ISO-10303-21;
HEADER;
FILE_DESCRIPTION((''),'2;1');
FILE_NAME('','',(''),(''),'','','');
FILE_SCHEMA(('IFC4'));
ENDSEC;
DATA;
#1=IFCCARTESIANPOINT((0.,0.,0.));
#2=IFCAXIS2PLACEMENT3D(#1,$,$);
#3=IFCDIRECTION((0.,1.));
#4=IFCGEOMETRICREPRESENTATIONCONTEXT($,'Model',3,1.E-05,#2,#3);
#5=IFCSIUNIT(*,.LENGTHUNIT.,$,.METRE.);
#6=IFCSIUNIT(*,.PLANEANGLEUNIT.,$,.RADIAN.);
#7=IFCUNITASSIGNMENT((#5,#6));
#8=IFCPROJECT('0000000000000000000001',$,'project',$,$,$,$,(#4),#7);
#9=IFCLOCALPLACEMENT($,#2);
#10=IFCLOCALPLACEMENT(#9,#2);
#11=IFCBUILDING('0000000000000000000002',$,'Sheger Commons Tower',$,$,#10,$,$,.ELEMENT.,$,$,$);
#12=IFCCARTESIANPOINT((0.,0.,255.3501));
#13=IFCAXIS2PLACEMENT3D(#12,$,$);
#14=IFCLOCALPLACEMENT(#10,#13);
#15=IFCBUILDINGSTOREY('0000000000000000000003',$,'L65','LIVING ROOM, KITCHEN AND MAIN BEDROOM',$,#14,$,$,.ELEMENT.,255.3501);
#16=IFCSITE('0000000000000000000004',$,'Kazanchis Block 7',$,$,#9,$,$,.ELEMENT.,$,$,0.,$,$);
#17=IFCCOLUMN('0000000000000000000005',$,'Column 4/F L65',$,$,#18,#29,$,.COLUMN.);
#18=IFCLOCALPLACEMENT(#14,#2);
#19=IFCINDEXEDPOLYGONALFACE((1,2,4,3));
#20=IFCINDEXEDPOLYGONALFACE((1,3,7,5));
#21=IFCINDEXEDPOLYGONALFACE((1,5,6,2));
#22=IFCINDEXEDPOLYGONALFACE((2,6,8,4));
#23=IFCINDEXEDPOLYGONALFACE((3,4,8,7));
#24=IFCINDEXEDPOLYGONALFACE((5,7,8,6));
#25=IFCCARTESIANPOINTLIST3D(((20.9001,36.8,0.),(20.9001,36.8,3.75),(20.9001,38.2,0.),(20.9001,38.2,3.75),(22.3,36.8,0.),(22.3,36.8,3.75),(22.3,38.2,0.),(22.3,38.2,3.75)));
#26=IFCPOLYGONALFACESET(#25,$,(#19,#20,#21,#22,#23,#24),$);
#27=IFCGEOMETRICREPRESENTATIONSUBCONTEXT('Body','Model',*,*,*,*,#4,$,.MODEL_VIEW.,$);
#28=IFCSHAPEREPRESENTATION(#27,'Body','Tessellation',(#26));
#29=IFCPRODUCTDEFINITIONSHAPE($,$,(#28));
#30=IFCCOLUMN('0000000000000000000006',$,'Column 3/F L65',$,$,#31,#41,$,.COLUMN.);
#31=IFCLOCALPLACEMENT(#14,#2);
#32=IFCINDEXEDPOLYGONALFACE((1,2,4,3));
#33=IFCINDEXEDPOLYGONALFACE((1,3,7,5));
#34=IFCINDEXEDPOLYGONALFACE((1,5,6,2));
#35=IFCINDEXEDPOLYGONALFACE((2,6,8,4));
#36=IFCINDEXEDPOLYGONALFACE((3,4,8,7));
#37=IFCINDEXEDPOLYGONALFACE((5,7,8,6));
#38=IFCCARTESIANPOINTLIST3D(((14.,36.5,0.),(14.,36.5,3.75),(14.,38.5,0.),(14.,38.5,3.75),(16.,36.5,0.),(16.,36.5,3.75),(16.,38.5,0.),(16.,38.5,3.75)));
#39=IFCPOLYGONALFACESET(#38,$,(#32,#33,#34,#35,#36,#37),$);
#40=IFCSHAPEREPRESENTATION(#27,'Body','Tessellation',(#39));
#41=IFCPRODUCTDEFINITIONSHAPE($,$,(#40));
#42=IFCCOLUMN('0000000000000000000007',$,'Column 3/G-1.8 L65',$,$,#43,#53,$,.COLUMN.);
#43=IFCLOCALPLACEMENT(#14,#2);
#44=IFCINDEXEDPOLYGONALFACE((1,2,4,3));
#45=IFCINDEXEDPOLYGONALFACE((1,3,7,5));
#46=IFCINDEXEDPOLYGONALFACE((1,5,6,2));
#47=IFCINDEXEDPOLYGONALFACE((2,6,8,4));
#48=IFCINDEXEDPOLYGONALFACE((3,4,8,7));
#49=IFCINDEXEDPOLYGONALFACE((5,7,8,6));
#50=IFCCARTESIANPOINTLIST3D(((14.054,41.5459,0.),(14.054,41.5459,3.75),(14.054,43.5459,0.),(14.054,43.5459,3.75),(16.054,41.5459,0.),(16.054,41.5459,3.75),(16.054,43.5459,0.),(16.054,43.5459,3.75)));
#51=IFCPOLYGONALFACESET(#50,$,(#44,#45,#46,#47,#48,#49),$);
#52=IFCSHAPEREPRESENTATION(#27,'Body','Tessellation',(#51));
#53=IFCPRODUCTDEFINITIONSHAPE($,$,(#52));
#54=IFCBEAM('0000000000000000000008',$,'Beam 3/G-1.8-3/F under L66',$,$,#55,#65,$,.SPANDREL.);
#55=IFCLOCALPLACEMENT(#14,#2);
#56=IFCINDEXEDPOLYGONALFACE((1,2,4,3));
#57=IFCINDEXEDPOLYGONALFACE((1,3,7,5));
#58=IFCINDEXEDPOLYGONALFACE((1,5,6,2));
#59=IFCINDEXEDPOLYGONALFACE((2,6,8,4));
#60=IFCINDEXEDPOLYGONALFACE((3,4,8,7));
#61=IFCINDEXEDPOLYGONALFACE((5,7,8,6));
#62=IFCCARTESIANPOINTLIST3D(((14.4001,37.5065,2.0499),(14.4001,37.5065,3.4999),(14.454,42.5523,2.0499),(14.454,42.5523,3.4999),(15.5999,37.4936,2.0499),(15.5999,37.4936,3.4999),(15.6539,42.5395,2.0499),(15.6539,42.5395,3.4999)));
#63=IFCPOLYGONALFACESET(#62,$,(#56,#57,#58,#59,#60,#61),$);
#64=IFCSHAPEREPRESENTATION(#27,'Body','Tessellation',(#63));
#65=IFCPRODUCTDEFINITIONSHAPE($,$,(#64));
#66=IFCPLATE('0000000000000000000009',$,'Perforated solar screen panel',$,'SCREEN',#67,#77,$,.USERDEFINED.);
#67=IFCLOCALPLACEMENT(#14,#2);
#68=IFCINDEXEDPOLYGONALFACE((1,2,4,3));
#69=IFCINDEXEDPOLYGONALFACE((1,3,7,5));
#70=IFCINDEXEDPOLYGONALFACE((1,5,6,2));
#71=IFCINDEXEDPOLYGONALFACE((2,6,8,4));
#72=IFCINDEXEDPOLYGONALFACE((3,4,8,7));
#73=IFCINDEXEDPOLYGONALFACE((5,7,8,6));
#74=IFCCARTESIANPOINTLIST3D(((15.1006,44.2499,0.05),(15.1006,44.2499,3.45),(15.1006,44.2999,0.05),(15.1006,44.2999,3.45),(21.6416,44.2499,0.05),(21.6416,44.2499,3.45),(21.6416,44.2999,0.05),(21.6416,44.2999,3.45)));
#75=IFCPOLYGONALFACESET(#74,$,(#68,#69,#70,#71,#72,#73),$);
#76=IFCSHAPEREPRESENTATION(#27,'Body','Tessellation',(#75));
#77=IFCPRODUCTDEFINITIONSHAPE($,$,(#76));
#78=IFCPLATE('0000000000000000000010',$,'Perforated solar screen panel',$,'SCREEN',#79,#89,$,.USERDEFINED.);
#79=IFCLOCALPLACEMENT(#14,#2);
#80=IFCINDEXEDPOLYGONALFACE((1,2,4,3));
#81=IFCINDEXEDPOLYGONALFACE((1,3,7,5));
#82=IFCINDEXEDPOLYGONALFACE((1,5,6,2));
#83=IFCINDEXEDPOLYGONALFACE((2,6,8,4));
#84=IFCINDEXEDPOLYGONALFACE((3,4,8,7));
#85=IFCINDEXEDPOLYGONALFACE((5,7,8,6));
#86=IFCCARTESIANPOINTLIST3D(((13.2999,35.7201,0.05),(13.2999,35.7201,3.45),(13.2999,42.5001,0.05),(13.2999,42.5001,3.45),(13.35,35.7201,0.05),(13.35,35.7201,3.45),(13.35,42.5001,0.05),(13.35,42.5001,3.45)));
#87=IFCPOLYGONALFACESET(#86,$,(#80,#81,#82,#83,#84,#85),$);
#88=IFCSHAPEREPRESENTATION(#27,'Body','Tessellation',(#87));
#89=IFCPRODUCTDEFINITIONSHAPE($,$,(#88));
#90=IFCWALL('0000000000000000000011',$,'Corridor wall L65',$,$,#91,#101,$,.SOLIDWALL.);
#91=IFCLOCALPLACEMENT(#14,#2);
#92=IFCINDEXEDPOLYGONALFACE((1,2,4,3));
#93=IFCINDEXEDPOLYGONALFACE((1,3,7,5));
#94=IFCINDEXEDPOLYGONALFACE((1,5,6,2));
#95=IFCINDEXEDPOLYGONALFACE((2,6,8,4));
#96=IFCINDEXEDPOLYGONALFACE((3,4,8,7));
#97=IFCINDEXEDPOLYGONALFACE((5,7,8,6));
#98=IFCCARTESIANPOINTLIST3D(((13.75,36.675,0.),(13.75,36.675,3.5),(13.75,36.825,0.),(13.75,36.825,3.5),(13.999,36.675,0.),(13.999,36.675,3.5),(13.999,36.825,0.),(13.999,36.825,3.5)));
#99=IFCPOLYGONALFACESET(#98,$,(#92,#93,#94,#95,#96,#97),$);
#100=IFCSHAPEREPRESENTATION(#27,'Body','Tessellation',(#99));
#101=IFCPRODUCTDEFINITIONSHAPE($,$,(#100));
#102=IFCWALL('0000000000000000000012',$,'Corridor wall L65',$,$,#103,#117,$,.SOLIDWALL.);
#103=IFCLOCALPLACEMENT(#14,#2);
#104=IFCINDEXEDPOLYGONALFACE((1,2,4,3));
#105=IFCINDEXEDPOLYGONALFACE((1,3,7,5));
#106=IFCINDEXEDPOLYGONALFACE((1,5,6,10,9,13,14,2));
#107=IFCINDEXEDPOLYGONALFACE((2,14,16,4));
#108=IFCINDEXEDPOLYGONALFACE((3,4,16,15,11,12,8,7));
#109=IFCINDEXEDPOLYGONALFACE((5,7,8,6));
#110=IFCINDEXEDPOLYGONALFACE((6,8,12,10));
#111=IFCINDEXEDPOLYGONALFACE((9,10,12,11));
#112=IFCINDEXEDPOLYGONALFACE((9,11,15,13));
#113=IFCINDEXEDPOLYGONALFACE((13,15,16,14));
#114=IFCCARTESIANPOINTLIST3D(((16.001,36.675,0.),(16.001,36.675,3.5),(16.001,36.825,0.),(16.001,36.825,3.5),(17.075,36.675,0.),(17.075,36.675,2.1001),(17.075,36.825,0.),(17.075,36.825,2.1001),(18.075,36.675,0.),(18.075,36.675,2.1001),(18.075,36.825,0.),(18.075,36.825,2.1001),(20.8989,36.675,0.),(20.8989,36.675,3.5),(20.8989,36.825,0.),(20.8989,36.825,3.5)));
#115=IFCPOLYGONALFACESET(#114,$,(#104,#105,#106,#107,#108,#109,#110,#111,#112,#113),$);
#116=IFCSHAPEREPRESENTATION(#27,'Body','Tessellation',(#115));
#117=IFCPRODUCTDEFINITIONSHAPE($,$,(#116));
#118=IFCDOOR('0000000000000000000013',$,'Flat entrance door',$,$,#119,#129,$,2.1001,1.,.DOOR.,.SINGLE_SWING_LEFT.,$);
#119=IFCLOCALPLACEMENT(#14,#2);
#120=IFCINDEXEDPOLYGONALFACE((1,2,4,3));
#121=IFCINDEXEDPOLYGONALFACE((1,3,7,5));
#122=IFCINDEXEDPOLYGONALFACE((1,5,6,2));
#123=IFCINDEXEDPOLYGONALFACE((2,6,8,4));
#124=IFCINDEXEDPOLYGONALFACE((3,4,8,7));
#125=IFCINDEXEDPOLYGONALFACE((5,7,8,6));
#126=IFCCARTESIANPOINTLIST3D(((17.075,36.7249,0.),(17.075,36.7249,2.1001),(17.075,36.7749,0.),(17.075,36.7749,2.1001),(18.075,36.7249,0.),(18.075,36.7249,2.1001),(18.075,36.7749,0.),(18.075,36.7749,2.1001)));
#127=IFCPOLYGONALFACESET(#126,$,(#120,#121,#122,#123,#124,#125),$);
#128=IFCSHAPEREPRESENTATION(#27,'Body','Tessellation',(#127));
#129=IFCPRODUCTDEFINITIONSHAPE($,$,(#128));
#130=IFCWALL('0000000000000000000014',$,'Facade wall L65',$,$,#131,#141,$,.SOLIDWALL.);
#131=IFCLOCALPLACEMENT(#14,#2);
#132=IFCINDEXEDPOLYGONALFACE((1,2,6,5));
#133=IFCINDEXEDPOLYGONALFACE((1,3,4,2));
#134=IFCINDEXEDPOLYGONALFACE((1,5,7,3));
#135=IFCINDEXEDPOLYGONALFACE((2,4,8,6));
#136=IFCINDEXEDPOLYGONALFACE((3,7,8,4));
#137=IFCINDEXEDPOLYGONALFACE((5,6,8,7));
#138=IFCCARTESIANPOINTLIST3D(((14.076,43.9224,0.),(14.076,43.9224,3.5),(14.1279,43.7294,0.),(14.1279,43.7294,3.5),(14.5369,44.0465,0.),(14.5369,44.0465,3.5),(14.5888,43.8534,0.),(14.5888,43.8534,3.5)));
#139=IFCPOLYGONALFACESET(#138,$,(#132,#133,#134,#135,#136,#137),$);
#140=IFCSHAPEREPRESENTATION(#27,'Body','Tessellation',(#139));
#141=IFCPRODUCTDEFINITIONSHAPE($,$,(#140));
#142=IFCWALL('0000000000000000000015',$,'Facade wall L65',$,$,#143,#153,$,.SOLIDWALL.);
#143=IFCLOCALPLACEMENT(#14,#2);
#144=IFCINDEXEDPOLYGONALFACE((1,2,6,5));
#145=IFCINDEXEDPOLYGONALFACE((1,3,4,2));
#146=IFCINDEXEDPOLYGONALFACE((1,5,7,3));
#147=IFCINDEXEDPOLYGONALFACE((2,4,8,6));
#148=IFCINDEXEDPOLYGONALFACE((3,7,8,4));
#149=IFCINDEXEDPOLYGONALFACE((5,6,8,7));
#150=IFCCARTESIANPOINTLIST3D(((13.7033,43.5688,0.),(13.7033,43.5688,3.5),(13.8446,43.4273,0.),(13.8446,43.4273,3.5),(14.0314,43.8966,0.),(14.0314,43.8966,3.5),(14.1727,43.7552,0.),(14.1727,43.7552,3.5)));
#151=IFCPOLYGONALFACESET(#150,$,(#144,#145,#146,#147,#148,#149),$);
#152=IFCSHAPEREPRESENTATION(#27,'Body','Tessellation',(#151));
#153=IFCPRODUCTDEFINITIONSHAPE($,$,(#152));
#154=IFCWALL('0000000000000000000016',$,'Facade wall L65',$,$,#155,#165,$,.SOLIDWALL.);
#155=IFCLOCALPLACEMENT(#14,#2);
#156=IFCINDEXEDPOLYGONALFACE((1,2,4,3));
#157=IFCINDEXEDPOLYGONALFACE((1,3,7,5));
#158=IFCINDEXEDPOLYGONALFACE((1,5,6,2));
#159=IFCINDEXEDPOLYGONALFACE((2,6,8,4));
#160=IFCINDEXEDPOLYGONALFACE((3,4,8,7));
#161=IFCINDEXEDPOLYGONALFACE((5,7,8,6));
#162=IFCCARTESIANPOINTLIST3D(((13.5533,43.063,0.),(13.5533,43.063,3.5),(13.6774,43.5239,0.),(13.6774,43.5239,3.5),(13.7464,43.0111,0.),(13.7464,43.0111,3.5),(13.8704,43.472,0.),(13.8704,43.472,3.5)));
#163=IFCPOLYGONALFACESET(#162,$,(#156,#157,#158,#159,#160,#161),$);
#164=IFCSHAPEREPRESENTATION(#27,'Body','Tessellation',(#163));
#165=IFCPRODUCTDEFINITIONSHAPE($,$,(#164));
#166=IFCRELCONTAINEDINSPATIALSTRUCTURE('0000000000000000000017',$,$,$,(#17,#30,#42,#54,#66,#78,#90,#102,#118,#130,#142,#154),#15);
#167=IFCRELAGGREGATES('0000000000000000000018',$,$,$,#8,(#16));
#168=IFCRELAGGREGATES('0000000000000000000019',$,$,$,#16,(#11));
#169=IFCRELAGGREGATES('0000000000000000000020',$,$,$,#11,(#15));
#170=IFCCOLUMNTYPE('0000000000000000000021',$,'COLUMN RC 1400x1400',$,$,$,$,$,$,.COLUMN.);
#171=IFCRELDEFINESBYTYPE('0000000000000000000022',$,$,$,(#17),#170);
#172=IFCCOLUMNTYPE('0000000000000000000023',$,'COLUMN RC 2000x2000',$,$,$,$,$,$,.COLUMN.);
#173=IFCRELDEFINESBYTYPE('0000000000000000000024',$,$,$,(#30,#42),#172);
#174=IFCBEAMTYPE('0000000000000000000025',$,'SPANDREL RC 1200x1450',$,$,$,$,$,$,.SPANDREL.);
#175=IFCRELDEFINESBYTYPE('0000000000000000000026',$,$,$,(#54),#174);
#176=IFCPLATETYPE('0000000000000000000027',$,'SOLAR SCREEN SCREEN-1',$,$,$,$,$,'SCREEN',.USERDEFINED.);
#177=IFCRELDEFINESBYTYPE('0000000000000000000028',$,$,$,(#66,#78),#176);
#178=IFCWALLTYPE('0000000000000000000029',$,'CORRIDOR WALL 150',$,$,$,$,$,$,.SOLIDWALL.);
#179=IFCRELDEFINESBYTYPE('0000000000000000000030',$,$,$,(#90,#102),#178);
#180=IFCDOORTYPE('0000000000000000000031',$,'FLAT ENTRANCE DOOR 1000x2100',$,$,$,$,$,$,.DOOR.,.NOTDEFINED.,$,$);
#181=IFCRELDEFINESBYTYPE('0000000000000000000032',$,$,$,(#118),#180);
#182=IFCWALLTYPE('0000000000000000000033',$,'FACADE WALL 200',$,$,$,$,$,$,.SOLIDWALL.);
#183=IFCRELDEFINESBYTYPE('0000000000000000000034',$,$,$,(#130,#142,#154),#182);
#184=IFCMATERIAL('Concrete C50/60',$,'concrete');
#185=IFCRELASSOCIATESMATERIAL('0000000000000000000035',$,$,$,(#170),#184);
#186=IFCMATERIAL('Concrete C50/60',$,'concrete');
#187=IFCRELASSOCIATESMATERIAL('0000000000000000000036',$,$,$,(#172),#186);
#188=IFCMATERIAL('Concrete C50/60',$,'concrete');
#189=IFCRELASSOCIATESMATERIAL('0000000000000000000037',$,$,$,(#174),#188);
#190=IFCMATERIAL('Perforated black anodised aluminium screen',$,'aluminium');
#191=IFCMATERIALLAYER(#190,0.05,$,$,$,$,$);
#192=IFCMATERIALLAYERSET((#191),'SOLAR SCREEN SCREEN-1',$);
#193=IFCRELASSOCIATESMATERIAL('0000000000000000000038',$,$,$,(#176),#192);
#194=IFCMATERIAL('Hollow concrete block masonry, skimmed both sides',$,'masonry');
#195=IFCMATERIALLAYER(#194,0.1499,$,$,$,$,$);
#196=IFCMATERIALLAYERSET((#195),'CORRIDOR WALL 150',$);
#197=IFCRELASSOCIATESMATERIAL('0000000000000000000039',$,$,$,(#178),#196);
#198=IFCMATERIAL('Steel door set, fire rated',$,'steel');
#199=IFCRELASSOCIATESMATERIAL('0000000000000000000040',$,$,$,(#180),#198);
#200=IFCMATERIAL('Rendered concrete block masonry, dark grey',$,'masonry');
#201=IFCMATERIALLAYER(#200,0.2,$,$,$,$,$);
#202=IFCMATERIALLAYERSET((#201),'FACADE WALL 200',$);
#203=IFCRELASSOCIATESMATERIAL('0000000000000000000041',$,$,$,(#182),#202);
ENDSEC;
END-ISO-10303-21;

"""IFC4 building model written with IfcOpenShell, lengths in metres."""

from ifc_helpers import new_model, si_unit, direction, frame, frame_2d, origin, origin_2d, place, context, subcontext, project, spatial, rectangle, extrude, material, layer, layer_set, material_profile, profile_set, type_object, element, fill, save


model = new_model("IFC4")

# Units and contexts
model_context = context("Model", 3, precision=1e-05, world=origin(), true_north=direction((0.0, 1.0)))
body_context = subcontext(model_context, "Body", "Model", "MODEL_VIEW")
ifc_project = project(units=[si_unit("LENGTHUNIT", "METRE"), si_unit("PLANEANGLEUNIT", "RADIAN")], contexts=[model_context])

# Site, building, storey
site_placement = place(None, origin())
site = spatial("IfcSite", under=ifc_project, at=site_placement, Name="Kazanchis Block 7", CompositionType="ELEMENT", RefElevation=0.0)
building_placement = place(site_placement, origin())
building = spatial("IfcBuilding", under=site, at=building_placement, Name="Sheger Commons Tower", CompositionType="ELEMENT")
storey_placement = place(building_placement, frame((0.0, 0.0, 255.3501)))
storey = spatial("IfcBuildingStorey", under=building, at=storey_placement, Name="L65", Description="LIVING ROOM, KITCHEN AND MAIN BEDROOM", CompositionType="ELEMENT", Elevation=255.3501)

# Columns
ifc_material_1 = material(Name="Concrete C50/60", Category="concrete")
ifc_material_profile_1 = material_profile(ifc_material_1, rectangle(XDim=1.3999, YDim=1.3999, at=origin_2d()), Name="RC 1400x1400")
ifc_profile_set_1 = profile_set([ifc_material_profile_1], Name="Concrete C50/60")
column_type_1 = type_object("IfcColumnType", Name="COLUMN RC 1400x1400", PredefinedType="COLUMN", material=ifc_profile_set_1)
column_placement = place(storey_placement, frame((21.6001, 37.5, 0.0), z_axis=(0.0, 0.0, 1.0), x_axis=(1.0, 0.0, 0.0)))
element("IfcColumn", 1, at=column_placement, inside=storey, type_object=column_type_1, Name="Column 4/F L65", PredefinedType="COLUMN", context=body_context, shape_type="SweptSolid", body=[
    extrude(rectangle(XDim=1.3999, YDim=1.3999, at=origin_2d()), origin(), (0.0, 0.0, 1.0), 3.75),
])
ifc_material_2 = material(Name="Concrete C50/60", Category="concrete")
ifc_material_profile_2 = material_profile(ifc_material_2, rectangle(XDim=2.0, YDim=2.0, at=origin_2d()), Name="RC 2000x2000")
ifc_profile_set_2 = profile_set([ifc_material_profile_2], Name="Concrete C50/60")
column_type_2 = type_object("IfcColumnType", Name="COLUMN RC 2000x2000", PredefinedType="COLUMN", material=ifc_profile_set_2)
for number, where, z_axis, x_axis, name in (
    (2, (15.0, 37.5, 0.0), (0.0, 0.0, 1.0), (1.0, 0.0, 0.0), "Column 3/F L65"),
    (3, (15.054, 42.5459, 0.0), (0.0, 0.0, 1.0), (1.0, 0.0, 0.0), "Column 3/G-1.8 L65"),
):
    element("IfcColumn", number, at=place(storey_placement, frame(where, z_axis=z_axis, x_axis=x_axis)), inside=storey, type_object=column_type_2, Name=name, PredefinedType="COLUMN", context=body_context, shape_type="SweptSolid", body=[
        extrude(rectangle(XDim=2.0, YDim=2.0, at=origin_2d()), origin(), (0.0, 0.0, 1.0), 3.75),
    ])

# Beam
ifc_material_3 = material(Name="Concrete C50/60", Category="concrete")
ifc_material_profile_3 = material_profile(ifc_material_3, rectangle(XDim=1.2, YDim=1.45, at=origin_2d()), Name="RC 1200x1450")
ifc_profile_set_3 = profile_set([ifc_material_profile_3], Name="Concrete C50/60")
beam_type = type_object("IfcBeamType", Name="SPANDREL RC 1200x1450", PredefinedType="SPANDREL", material=ifc_profile_set_3)
beam_placement = place(storey_placement, frame((15.054, 42.5459, 2.7749), z_axis=(-0.010692, -0.999943, 0.0), x_axis=(0.999943, -0.010692, 0.0)))
element("IfcBeam", 4, at=beam_placement, inside=storey, type_object=beam_type, Name="Beam 3/G-1.8-3/F under L66", PredefinedType="SPANDREL", context=body_context, shape_type="SweptSolid", body=[
    extrude(rectangle(XDim=1.2, YDim=1.45, at=origin_2d()), origin(), (0.0, 0.0, 1.0), 5.0461),
])

# Plates
ifc_material_4 = material(Name="Perforated black anodised aluminium screen", Category="aluminium")
ifc_layer_1 = layer(ifc_material_4, 0.05)
ifc_layer_set_1 = layer_set([ifc_layer_1], Name="SOLAR SCREEN SCREEN-1")
plate_type = type_object("IfcPlateType", Name="SOLAR SCREEN SCREEN-1", ElementType="SCREEN", PredefinedType="USERDEFINED", material=ifc_layer_set_1)
plate_1_placement = place(storey_placement, frame((18.3711, 44.2749, 0.05), z_axis=(0.0, 0.0, 1.0), x_axis=(-1.0, 0.0, 0.0)))
element("IfcPlate", 5, at=plate_1_placement, inside=storey, type_object=plate_type, Name="Perforated solar screen panel", ObjectType="SCREEN", PredefinedType="USERDEFINED", context=body_context, shape_type="SweptSolid", body=[
    extrude(rectangle(XDim=6.541, YDim=0.05, at=origin_2d()), origin(), (0.0, 0.0, 1.0), 3.3999),
])
plate_2_placement = place(storey_placement, frame((13.325, 39.1101, 0.05), z_axis=(0.0, 0.0, 1.0), x_axis=(0.0, -1.0, 0.0)))
element("IfcPlate", 6, at=plate_2_placement, inside=storey, type_object=plate_type, Name="Perforated solar screen panel", ObjectType="SCREEN", PredefinedType="USERDEFINED", context=body_context, shape_type="SweptSolid", body=[
    extrude(rectangle(XDim=6.78, YDim=0.05, at=origin_2d()), origin(), (0.0, 0.0, 1.0), 3.3999),
])

# Wall
ifc_material_5 = material(Name="Hollow concrete block masonry, skimmed both sides", Category="masonry")
ifc_layer_2 = layer(ifc_material_5, 0.1499)
ifc_layer_set_2 = layer_set([ifc_layer_2], Name="CORRIDOR WALL 150")
wall_type_1 = type_object("IfcWallType", Name="CORRIDOR WALL 150", PredefinedType="SOLIDWALL", material=ifc_layer_set_2)
wall_1_placement = place(storey_placement, frame((13.75, 36.75, 0.0), z_axis=(0.0, 0.0, 1.0), x_axis=(1.0, 0.0, 0.0)))
element("IfcWall", 7, at=wall_1_placement, inside=storey, type_object=wall_type_1, Name="Corridor wall L65", PredefinedType="SOLIDWALL", context=body_context, shape_type="SweptSolid", body=[
    extrude(rectangle(XDim=0.249, YDim=0.1499, at=frame_2d((0.1245, 0.0))), origin(), (0.0, 0.0, 1.0), 3.5),
])

# Wall, opening, door
wall_2_placement = place(storey_placement, frame((16.001, 36.75, 0.0), z_axis=(0.0, 0.0, 1.0), x_axis=(1.0, 0.0, 0.0)))
wall_2 = element("IfcWall", 8, at=wall_2_placement, inside=storey, type_object=wall_type_1, Name="Corridor wall L65", PredefinedType="SOLIDWALL", context=body_context, shape_type="SweptSolid", body=[
    extrude(rectangle(XDim=4.8979, YDim=0.1499, at=frame_2d((2.449, 0.0))), origin(), (0.0, 0.0, 1.0), 3.5),
])
opening_1_placement = place(wall_2_placement, frame((1.074, 0.0, 0.0)))
opening_1 = element("IfcOpeningElement", 9, at=opening_1_placement, cuts=wall_2, PredefinedType="OPENING", context=body_context, shape_type="SweptSolid", body=[
    extrude(rectangle(XDim=1.0, YDim=2.1001, at=frame_2d((0.5, 1.05))), frame((0.0, 0.085, 0.0), z_axis=(0.0, -1.0, 0.0), x_axis=(1.0, 0.0, 0.0)), (0.0, 0.0, 1.0), 0.1699),
])
ifc_material_6 = material(Name="Steel door set, fire rated", Category="steel")
door_type_1 = type_object("IfcDoorType", Name="FLAT ENTRANCE DOOR 1000x2100", OperationType="NOTDEFINED", PredefinedType="DOOR", material=ifc_material_6)
door_1_placement = place(opening_1_placement, origin())
door_1 = element("IfcDoor", 10, at=door_1_placement, inside=storey, type_object=door_type_1, Name="Flat entrance door", OperationType="SINGLE_SWING_LEFT", OverallHeight=2.1001, OverallWidth=1.0, PredefinedType="DOOR", context=body_context, shape_type="SweptSolid", body=[
    extrude(rectangle(XDim=1.0, YDim=2.1001, at=frame_2d((0.5, 1.05))), frame((0.0, 0.0249, 0.0), z_axis=(0.0, -1.0, 0.0), x_axis=(1.0, 0.0, 0.0)), (0.0, 0.0, 1.0), 0.05),
])
fill(opening_1, door_1)

# Walls
ifc_material_7 = material(Name="Rendered concrete block masonry, dark grey", Category="masonry")
ifc_layer_3 = layer(ifc_material_7, 0.2)
ifc_layer_set_3 = layer_set([ifc_layer_3], Name="FACADE WALL 200")
wall_type_2 = type_object("IfcWallType", Name="FACADE WALL 200", PredefinedType="SOLIDWALL", material=ifc_layer_set_3)
wall_3_placement = place(storey_placement, frame((14.563, 43.95, 0.0), z_axis=(0.0, 0.0, 1.0), x_axis=(-0.965655, -0.259827, 0.0)))
element("IfcWall", 11, at=wall_3_placement, inside=storey, type_object=wall_type_2, Name="Facade wall L65", PredefinedType="SOLIDWALL", context=body_context, shape_type="SweptSolid", body=[
    extrude(rectangle(XDim=0.4773, YDim=0.2, at=frame_2d((0.2388, 0.0))), origin(), (0.0, 0.0, 1.0), 3.5),
])
wall_4_placement = place(storey_placement, frame((14.1021, 43.8259, 0.0), z_axis=(0.0, 0.0, 1.0), x_axis=(-0.70737, -0.706844, 0.0)))
element("IfcWall", 12, at=wall_4_placement, inside=storey, type_object=wall_type_2, Name="Facade wall L65", PredefinedType="SOLIDWALL", context=body_context, shape_type="SweptSolid", body=[
    extrude(rectangle(XDim=0.4639, YDim=0.2, at=frame_2d((0.2319, 0.0))), origin(), (0.0, 0.0, 1.0), 3.5),
])
wall_5_placement = place(storey_placement, frame((13.7739, 43.498, 0.0), z_axis=(0.0, 0.0, 1.0), x_axis=(-0.259827, -0.965655, 0.0)))
element("IfcWall", 13, at=wall_5_placement, inside=storey, type_object=wall_type_2, Name="Facade wall L65", PredefinedType="SOLIDWALL", context=body_context, shape_type="SweptSolid", body=[
    extrude(rectangle(XDim=0.4773, YDim=0.2, at=frame_2d((0.2388, 0.0))), origin(), (0.0, 0.0, 1.0), 3.5),
])

save(model, "model.ifc")
